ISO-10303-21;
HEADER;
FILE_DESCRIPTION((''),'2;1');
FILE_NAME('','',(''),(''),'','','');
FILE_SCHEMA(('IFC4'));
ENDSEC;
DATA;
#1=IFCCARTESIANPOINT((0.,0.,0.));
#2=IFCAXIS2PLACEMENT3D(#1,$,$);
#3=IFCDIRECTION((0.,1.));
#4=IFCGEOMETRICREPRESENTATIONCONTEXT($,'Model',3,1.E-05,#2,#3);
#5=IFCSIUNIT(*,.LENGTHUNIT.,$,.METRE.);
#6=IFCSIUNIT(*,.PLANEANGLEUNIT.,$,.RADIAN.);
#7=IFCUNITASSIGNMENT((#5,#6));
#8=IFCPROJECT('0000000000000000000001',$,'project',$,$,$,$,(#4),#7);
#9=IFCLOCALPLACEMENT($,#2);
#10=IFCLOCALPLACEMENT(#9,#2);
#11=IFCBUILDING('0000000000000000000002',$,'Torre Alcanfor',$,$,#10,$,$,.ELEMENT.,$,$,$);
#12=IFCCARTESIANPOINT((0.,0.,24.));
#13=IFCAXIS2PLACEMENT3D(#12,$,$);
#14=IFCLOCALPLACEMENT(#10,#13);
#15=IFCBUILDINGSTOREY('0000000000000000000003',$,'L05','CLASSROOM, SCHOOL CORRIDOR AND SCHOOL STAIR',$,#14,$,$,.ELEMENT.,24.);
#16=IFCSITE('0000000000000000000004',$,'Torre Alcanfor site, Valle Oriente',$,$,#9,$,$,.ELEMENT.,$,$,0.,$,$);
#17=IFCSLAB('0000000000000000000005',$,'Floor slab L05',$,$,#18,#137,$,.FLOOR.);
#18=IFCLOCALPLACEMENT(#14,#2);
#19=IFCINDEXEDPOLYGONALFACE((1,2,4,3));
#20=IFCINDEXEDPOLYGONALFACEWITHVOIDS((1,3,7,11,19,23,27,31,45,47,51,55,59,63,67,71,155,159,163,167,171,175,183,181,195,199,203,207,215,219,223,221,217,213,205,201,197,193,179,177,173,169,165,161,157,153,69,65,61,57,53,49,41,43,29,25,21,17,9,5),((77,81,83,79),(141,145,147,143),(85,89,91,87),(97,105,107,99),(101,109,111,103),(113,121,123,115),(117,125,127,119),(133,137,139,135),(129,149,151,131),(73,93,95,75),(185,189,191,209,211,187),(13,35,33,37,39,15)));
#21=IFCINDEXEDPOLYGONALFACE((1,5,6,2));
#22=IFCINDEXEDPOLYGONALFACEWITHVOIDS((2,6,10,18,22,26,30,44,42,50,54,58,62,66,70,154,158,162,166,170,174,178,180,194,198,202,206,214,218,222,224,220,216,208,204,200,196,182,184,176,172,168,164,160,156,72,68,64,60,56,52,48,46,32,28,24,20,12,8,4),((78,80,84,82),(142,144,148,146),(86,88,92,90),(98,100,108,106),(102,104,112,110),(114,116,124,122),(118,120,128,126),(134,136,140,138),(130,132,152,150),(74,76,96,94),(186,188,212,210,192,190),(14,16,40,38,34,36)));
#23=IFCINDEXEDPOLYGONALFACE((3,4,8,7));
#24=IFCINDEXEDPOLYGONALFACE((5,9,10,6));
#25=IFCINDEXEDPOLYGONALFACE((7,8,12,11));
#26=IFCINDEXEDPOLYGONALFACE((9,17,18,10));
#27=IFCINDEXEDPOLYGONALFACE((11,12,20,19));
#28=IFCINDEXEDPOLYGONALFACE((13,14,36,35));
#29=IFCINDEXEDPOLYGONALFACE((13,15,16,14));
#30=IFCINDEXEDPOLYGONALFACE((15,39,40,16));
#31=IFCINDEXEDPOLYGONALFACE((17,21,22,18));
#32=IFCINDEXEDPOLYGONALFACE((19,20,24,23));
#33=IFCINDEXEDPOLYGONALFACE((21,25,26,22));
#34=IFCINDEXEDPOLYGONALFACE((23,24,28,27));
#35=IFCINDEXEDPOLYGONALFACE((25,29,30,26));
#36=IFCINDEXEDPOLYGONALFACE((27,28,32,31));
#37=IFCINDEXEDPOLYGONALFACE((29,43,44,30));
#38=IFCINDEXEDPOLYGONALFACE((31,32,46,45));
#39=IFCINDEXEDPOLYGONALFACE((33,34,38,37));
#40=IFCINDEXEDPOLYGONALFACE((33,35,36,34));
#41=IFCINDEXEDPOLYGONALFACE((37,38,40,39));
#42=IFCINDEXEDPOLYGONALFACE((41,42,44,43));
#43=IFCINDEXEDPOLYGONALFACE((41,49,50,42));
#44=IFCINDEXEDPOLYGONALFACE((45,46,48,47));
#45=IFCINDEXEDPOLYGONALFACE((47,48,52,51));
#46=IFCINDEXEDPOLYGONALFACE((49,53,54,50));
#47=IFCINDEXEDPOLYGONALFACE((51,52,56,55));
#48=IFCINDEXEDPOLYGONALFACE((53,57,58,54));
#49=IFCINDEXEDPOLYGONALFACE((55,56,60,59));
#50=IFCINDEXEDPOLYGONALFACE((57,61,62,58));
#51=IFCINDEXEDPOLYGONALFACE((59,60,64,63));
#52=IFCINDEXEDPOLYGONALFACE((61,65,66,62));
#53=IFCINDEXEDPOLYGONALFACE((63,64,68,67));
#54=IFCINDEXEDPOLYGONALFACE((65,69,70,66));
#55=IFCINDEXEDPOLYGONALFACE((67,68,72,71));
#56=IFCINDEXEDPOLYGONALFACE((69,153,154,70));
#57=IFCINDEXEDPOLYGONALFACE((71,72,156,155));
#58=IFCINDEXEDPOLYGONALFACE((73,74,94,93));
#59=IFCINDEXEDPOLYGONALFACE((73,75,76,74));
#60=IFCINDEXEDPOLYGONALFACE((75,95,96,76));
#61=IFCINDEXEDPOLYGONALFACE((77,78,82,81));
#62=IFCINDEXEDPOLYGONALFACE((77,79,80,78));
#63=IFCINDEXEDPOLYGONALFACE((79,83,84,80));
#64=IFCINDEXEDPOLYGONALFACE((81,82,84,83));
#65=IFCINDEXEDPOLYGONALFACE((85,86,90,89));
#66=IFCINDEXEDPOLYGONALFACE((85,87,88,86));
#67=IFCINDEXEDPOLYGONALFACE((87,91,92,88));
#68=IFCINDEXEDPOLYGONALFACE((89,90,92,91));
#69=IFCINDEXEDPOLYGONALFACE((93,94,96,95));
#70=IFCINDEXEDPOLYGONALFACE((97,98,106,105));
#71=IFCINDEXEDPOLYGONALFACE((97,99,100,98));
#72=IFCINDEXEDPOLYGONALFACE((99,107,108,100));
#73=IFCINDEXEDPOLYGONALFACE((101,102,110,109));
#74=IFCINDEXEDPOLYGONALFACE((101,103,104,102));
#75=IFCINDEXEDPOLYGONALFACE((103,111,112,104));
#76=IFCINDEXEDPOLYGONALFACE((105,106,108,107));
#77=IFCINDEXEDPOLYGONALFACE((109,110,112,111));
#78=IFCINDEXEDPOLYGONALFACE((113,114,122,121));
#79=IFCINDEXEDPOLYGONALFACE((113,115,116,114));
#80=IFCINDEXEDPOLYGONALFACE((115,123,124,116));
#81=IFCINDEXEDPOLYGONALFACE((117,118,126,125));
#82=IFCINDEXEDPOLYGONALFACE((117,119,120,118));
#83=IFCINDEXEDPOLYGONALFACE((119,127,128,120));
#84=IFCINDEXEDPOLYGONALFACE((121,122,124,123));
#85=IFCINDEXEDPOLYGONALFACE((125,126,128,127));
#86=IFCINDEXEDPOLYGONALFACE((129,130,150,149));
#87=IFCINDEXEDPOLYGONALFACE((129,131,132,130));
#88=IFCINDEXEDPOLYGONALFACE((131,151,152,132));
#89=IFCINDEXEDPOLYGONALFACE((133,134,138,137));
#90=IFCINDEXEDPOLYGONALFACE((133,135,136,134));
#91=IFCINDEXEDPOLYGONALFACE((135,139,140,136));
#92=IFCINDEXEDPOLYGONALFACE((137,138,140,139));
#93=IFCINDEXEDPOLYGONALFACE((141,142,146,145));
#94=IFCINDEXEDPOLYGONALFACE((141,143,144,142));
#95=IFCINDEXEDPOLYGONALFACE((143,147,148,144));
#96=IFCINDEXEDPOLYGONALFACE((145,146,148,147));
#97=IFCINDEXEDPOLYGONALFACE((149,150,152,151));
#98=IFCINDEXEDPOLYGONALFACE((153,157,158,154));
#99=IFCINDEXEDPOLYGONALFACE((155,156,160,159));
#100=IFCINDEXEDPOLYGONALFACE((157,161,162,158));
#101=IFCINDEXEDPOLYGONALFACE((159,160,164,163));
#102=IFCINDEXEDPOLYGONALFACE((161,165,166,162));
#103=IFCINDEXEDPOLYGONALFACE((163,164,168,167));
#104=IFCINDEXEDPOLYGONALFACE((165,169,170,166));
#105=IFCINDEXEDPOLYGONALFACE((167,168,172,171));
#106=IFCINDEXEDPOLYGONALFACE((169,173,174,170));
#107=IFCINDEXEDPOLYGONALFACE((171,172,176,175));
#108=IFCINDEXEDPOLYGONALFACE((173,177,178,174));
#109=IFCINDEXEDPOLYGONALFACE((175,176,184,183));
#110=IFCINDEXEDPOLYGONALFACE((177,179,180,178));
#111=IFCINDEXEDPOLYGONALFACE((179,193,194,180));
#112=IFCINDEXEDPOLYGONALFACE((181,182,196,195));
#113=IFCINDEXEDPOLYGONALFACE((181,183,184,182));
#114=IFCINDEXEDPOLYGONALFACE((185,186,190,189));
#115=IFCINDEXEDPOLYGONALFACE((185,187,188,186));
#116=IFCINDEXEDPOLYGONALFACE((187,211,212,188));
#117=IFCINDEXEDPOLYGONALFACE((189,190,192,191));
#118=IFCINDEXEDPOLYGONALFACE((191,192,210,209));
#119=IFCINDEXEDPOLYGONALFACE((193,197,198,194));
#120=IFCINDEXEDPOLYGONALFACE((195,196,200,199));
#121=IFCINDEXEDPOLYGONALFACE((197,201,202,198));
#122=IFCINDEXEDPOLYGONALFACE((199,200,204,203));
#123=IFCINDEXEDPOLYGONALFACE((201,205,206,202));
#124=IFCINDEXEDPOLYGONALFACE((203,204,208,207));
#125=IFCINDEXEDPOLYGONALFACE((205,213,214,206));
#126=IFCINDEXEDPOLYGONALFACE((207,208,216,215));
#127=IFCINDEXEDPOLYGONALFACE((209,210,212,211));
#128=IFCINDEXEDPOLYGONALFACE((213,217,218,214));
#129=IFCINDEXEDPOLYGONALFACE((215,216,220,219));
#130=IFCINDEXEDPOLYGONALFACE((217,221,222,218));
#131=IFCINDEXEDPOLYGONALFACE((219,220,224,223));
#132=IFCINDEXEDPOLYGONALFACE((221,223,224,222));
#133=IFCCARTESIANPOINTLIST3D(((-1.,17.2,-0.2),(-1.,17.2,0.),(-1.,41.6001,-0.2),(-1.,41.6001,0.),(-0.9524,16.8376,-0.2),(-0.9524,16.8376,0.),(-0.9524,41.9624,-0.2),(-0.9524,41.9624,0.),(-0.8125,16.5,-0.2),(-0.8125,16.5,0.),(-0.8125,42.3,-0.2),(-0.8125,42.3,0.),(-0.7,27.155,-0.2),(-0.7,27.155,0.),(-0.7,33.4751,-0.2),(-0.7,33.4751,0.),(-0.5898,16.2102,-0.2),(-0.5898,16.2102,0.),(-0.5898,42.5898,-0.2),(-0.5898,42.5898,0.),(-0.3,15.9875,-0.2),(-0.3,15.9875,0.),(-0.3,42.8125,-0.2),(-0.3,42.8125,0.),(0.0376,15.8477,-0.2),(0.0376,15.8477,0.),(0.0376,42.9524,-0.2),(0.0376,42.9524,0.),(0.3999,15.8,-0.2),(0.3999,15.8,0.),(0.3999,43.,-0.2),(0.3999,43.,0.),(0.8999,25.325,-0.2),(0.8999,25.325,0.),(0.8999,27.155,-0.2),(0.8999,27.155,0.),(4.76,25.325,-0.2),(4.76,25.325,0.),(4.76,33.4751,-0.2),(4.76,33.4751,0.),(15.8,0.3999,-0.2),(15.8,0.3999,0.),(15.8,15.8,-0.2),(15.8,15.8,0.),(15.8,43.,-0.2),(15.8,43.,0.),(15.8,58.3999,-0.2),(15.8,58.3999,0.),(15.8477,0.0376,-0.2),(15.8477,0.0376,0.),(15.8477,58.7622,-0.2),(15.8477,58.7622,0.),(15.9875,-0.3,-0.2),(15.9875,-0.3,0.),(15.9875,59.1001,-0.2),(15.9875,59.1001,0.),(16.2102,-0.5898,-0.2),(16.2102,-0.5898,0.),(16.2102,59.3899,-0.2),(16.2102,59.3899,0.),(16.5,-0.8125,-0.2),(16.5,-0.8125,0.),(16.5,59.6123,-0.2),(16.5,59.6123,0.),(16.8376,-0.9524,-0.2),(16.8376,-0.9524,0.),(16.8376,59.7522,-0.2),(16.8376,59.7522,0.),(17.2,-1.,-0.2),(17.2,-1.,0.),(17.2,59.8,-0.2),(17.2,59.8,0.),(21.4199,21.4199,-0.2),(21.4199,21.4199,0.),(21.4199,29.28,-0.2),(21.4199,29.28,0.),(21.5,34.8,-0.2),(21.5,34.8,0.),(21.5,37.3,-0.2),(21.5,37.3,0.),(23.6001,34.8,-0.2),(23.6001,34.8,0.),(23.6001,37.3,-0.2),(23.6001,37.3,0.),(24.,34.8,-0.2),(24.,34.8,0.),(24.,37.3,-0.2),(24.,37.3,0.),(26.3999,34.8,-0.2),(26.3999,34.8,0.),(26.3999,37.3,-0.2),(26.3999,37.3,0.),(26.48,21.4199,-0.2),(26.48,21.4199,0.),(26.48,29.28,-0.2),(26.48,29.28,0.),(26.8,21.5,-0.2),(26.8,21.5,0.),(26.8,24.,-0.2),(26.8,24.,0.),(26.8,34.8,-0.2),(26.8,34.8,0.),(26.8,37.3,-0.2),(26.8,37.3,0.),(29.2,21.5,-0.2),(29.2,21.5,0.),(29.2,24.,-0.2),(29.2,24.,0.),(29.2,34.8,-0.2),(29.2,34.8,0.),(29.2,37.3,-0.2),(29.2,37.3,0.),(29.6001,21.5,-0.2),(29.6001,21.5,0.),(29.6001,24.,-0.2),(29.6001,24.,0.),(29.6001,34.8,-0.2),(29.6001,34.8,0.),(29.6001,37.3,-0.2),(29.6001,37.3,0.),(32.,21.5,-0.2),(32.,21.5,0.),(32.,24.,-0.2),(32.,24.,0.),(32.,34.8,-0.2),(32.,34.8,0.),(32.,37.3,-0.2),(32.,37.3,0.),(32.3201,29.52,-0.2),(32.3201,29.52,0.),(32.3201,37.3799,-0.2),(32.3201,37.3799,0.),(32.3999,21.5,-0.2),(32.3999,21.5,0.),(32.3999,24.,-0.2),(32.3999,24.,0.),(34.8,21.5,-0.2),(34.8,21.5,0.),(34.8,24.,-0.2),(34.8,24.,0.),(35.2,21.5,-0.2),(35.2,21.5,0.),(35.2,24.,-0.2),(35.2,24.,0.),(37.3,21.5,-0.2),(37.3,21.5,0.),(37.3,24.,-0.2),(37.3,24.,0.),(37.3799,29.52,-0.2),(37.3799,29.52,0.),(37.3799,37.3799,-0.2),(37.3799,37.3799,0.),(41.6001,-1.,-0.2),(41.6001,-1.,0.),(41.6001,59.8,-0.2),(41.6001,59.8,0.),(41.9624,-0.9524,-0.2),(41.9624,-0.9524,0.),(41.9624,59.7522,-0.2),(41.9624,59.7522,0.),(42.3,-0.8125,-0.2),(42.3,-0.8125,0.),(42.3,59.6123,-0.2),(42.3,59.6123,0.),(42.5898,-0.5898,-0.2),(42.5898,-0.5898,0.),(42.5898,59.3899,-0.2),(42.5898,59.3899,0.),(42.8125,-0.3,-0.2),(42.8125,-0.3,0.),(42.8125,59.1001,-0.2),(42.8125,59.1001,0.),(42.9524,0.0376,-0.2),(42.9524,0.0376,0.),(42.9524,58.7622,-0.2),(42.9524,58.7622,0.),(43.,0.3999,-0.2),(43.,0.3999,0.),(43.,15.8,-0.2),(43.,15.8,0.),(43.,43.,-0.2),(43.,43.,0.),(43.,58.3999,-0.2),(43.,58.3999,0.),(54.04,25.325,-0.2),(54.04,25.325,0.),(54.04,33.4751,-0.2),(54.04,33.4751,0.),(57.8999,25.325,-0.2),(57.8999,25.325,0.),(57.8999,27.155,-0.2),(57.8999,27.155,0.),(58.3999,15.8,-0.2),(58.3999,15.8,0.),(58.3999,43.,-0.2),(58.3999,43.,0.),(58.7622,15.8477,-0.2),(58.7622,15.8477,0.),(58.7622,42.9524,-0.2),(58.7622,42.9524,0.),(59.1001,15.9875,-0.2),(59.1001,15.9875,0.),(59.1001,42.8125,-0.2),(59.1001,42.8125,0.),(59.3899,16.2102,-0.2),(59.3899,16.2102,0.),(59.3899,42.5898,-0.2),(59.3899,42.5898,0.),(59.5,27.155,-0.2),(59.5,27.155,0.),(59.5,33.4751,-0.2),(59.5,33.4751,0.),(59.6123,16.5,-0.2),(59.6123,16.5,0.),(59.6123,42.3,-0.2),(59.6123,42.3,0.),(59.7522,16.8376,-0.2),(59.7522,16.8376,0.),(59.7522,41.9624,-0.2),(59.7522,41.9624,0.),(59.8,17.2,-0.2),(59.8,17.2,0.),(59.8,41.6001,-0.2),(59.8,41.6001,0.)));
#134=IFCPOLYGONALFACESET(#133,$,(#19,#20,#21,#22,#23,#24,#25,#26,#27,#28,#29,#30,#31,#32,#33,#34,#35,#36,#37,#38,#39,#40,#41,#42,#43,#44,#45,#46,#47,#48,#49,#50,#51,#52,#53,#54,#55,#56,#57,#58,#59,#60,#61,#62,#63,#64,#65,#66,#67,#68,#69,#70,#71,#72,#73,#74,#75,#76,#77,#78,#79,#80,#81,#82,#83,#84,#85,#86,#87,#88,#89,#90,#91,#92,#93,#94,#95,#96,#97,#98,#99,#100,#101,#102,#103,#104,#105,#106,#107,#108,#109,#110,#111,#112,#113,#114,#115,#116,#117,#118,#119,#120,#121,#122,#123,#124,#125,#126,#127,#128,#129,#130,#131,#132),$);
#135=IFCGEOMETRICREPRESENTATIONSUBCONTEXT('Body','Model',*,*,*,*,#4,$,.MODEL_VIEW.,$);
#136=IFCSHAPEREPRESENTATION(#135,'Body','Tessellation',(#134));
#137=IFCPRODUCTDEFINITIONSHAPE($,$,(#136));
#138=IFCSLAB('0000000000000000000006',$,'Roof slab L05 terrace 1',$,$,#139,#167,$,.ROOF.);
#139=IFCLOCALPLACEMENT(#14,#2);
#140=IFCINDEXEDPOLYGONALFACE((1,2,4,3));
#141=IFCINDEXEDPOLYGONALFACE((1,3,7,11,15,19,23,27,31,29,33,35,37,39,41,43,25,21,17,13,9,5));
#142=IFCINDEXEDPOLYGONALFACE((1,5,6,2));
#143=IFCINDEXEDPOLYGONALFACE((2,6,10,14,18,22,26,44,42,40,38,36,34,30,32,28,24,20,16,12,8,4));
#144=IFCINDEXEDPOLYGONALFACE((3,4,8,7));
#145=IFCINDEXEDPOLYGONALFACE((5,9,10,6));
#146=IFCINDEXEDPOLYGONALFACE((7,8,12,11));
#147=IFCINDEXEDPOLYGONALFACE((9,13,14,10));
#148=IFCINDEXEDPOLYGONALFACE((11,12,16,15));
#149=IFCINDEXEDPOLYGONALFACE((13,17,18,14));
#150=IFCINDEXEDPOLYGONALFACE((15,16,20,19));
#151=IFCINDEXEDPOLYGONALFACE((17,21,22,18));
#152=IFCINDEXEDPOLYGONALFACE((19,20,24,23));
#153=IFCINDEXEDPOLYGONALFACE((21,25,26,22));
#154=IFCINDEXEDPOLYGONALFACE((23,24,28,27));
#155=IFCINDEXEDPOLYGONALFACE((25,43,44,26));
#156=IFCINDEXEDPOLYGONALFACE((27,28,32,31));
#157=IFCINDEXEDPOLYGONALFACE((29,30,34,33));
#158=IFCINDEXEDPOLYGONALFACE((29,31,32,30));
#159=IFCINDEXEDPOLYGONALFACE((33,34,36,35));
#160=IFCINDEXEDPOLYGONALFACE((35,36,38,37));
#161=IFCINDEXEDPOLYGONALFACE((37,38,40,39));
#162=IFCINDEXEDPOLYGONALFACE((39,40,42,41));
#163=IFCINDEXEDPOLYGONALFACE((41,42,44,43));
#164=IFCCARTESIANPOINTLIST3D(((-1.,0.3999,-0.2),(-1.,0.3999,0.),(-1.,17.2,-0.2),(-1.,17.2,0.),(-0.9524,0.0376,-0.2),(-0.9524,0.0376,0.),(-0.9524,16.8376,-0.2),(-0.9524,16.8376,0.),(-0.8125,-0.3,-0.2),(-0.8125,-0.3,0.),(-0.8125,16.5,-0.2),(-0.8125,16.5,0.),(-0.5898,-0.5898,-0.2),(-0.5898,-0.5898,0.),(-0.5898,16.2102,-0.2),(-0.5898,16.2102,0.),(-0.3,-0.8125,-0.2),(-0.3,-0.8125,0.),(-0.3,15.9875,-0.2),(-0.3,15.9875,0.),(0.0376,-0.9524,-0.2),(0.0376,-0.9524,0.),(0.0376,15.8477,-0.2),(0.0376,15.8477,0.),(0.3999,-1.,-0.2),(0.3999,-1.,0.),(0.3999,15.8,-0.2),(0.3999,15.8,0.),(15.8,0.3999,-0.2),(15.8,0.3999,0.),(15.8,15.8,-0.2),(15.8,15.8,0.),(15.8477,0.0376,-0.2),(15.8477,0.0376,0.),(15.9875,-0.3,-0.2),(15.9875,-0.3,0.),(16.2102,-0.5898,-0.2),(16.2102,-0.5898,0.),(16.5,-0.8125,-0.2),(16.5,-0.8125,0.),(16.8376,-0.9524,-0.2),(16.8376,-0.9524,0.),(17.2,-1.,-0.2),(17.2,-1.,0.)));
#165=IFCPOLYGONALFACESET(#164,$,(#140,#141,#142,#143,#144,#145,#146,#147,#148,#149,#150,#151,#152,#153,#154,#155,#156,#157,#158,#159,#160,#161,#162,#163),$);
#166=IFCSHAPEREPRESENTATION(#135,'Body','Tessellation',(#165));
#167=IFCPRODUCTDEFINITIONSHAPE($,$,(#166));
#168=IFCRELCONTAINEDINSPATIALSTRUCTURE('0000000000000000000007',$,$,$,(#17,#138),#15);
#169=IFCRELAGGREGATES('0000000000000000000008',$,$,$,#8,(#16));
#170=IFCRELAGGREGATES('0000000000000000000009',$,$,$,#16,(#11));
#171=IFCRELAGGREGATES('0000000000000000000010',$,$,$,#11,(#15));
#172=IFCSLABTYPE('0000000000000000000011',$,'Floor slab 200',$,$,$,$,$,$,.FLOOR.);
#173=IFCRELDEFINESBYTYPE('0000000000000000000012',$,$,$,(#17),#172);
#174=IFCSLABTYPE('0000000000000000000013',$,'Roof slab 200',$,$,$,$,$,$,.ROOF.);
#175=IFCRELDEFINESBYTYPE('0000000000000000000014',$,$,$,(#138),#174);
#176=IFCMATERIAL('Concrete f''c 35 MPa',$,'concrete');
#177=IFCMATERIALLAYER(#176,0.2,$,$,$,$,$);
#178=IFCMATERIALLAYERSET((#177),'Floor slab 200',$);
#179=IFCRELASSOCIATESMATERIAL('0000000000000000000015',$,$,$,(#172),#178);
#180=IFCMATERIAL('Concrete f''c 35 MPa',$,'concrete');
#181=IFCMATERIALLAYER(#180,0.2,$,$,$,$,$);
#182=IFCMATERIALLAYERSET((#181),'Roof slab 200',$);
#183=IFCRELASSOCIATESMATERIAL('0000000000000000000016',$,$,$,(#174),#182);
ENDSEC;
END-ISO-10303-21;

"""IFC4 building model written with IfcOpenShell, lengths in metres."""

from ifc_helpers import new_model, si_unit, direction, frame, origin, place, context, subcontext, project, spatial, polyline, outline, extrude, material, layer, layer_set, type_object, element, save


model = new_model("IFC4")

# Units and contexts
model_context = context("Model", 3, precision=1e-05, world=origin(), true_north=direction((0.0, 1.0)))
body_context = subcontext(model_context, "Body", "Model", "MODEL_VIEW")
ifc_project = project(units=[si_unit("LENGTHUNIT", "METRE"), si_unit("PLANEANGLEUNIT", "RADIAN")], contexts=[model_context])

# Site, building, storey
site_placement = place(None, origin())
site = spatial("IfcSite", under=ifc_project, at=site_placement, Name="Torre Alcanfor site, Valle Oriente", CompositionType="ELEMENT", RefElevation=0.0)
building_placement = place(site_placement, origin())
building = spatial("IfcBuilding", under=site, at=building_placement, Name="Torre Alcanfor", CompositionType="ELEMENT")
storey_placement = place(building_placement, frame((0.0, 0.0, 24.0)))
storey = spatial("IfcBuildingStorey", under=building, at=storey_placement, Name="L05", Description="CLASSROOM, SCHOOL CORRIDOR AND SCHOOL STAIR", CompositionType="ELEMENT", Elevation=24.0)

# Slabs
ifc_material_1 = material(Name="Concrete f'c 35 MPa", Category="concrete")
ifc_layer_1 = layer(ifc_material_1, 0.2)
ifc_layer_set_1 = layer_set([ifc_layer_1], Name="Floor slab 200")
slab_type_1 = type_object("IfcSlabType", Name="Floor slab 200", PredefinedType="FLOOR", material=ifc_layer_set_1)
slab_1_placement = place(storey_placement, frame((0.0, 0.0, -0.2)))
element("IfcSlab", 1, at=slab_1_placement, inside=storey, type_object=slab_type_1, Name="Floor slab L05", PredefinedType="FLOOR", context=body_context, shape_type="SweptSolid", body=[
    extrude(outline(polyline([(15.8, 43.0), (0.3999, 43.0), (0.0376, 42.9524), (-0.3, 42.8125), (-0.5898, 42.5898), (-0.8125, 42.3), (-0.9524, 41.9624), (-1.0, 41.6001), (-1.0, 17.2), (-0.9524, 16.8376), (-0.8125, 16.5), (-0.5898, 16.2102), (-0.3, 15.9875), (0.0376, 15.8477), (0.3999, 15.8), (15.8, 15.8), (15.8, 0.3999), (15.8477, 0.0376), (15.9875, -0.3), (16.2102, -0.5898), (16.5, -0.8125), (16.8376, -0.9524), (17.2, -1.0), (41.6001, -1.0), (41.9624, -0.9524), (42.3, -0.8125), (42.5898, -0.5898), (42.8125, -0.3), (42.9524, 0.0376), (43.0, 0.3999), (43.0, 15.8), (58.3999, 15.8), (58.7622, 15.8477), (59.1001, 15.9875), (59.3899, 16.2102), (59.6123, 16.5), (59.7522, 16.8376), (59.8, 17.2), (59.8, 41.6001), (59.7522, 41.9624), (59.6123, 42.3), (59.3899, 42.5898), (59.1001, 42.8125), (58.7622, 42.9524), (58.3999, 43.0), (43.0, 43.0), (43.0, 58.3999), (42.9524, 58.7622), (42.8125, 59.1001), (42.5898, 59.3899), (42.3, 59.6123), (41.9624, 59.7522), (41.6001, 59.8), (17.2, 59.8), (16.8376, 59.7522), (16.5, 59.6123), (16.2102, 59.3899), (15.9875, 59.1001), (15.8477, 58.7622), (15.8, 58.3999), (15.8, 43.0)]), holes=[polyline([(21.4199, 21.4199), (26.48, 21.4199), (26.48, 29.28), (21.4199, 29.28), (21.4199, 21.4199)]), polyline([(32.3201, 29.52), (37.3799, 29.52), (37.3799, 37.3799), (32.3201, 37.3799), (32.3201, 29.52)]), polyline([(26.8, 21.5), (29.2, 21.5), (29.2, 24.0), (26.8, 24.0), (26.8, 21.5)]), polyline([(29.6001, 21.5), (32.0, 21.5), (32.0, 24.0), (29.6001, 24.0), (29.6001, 21.5)]), polyline([(32.3999, 21.5), (34.8, 21.5), (34.8, 24.0), (32.3999, 24.0), (32.3999, 21.5)]), polyline([(35.2, 21.5), (37.3, 21.5), (37.3, 24.0), (35.2, 24.0), (35.2, 21.5)]), polyline([(21.5, 34.8), (23.6001, 34.8), (23.6001, 37.3), (21.5, 37.3), (21.5, 34.8)]), polyline([(24.0, 34.8), (26.3999, 34.8), (26.3999, 37.3), (24.0, 37.3), (24.0, 34.8)]), polyline([(26.8, 34.8), (29.2, 34.8), (29.2, 37.3), (26.8, 37.3), (26.8, 34.8)]), polyline([(29.6001, 34.8), (32.0, 34.8), (32.0, 37.3), (29.6001, 37.3), (29.6001, 34.8)]), polyline([(4.76, 25.325), (0.8999, 25.325), (0.8999, 27.155), (-0.7, 27.155), (-0.7, 33.4751), (4.76, 33.4751), (4.76, 25.325)]), polyline([(57.8999, 25.325), (54.04, 25.325), (54.04, 33.4751), (59.5, 33.4751), (59.5, 27.155), (57.8999, 27.155), (57.8999, 25.325)])]), origin(), (0.0, 0.0, 1.0), 0.2),
])
ifc_material_2 = material(Name="Concrete f'c 35 MPa", Category="concrete")
ifc_layer_2 = layer(ifc_material_2, 0.2)
ifc_layer_set_2 = layer_set([ifc_layer_2], Name="Roof slab 200")
slab_type_2 = type_object("IfcSlabType", Name="Roof slab 200", PredefinedType="ROOF", material=ifc_layer_set_2)
slab_2_placement = place(storey_placement, frame((0.0, 0.0, -0.2)))
element("IfcSlab", 2, at=slab_2_placement, inside=storey, type_object=slab_type_2, Name="Roof slab L05 terrace 1", PredefinedType="ROOF", context=body_context, shape_type="SweptSolid", body=[
    extrude(outline(polyline([(17.2, -1.0), (16.8376, -0.9524), (16.5, -0.8125), (16.2102, -0.5898), (15.9875, -0.3), (15.8477, 0.0376), (15.8, 0.3999), (15.8, 15.8), (0.3999, 15.8), (0.0376, 15.8477), (-0.3, 15.9875), (-0.5898, 16.2102), (-0.8125, 16.5), (-0.9524, 16.8376), (-1.0, 17.2), (-1.0, 0.3999), (-0.9524, 0.0376), (-0.8125, -0.3), (-0.5898, -0.5898), (-0.3, -0.8125), (0.0376, -0.9524), (0.3999, -1.0), (17.2, -1.0)])), origin(), (0.0, 0.0, 1.0), 0.2),
])

save(model, "model.ifc")
